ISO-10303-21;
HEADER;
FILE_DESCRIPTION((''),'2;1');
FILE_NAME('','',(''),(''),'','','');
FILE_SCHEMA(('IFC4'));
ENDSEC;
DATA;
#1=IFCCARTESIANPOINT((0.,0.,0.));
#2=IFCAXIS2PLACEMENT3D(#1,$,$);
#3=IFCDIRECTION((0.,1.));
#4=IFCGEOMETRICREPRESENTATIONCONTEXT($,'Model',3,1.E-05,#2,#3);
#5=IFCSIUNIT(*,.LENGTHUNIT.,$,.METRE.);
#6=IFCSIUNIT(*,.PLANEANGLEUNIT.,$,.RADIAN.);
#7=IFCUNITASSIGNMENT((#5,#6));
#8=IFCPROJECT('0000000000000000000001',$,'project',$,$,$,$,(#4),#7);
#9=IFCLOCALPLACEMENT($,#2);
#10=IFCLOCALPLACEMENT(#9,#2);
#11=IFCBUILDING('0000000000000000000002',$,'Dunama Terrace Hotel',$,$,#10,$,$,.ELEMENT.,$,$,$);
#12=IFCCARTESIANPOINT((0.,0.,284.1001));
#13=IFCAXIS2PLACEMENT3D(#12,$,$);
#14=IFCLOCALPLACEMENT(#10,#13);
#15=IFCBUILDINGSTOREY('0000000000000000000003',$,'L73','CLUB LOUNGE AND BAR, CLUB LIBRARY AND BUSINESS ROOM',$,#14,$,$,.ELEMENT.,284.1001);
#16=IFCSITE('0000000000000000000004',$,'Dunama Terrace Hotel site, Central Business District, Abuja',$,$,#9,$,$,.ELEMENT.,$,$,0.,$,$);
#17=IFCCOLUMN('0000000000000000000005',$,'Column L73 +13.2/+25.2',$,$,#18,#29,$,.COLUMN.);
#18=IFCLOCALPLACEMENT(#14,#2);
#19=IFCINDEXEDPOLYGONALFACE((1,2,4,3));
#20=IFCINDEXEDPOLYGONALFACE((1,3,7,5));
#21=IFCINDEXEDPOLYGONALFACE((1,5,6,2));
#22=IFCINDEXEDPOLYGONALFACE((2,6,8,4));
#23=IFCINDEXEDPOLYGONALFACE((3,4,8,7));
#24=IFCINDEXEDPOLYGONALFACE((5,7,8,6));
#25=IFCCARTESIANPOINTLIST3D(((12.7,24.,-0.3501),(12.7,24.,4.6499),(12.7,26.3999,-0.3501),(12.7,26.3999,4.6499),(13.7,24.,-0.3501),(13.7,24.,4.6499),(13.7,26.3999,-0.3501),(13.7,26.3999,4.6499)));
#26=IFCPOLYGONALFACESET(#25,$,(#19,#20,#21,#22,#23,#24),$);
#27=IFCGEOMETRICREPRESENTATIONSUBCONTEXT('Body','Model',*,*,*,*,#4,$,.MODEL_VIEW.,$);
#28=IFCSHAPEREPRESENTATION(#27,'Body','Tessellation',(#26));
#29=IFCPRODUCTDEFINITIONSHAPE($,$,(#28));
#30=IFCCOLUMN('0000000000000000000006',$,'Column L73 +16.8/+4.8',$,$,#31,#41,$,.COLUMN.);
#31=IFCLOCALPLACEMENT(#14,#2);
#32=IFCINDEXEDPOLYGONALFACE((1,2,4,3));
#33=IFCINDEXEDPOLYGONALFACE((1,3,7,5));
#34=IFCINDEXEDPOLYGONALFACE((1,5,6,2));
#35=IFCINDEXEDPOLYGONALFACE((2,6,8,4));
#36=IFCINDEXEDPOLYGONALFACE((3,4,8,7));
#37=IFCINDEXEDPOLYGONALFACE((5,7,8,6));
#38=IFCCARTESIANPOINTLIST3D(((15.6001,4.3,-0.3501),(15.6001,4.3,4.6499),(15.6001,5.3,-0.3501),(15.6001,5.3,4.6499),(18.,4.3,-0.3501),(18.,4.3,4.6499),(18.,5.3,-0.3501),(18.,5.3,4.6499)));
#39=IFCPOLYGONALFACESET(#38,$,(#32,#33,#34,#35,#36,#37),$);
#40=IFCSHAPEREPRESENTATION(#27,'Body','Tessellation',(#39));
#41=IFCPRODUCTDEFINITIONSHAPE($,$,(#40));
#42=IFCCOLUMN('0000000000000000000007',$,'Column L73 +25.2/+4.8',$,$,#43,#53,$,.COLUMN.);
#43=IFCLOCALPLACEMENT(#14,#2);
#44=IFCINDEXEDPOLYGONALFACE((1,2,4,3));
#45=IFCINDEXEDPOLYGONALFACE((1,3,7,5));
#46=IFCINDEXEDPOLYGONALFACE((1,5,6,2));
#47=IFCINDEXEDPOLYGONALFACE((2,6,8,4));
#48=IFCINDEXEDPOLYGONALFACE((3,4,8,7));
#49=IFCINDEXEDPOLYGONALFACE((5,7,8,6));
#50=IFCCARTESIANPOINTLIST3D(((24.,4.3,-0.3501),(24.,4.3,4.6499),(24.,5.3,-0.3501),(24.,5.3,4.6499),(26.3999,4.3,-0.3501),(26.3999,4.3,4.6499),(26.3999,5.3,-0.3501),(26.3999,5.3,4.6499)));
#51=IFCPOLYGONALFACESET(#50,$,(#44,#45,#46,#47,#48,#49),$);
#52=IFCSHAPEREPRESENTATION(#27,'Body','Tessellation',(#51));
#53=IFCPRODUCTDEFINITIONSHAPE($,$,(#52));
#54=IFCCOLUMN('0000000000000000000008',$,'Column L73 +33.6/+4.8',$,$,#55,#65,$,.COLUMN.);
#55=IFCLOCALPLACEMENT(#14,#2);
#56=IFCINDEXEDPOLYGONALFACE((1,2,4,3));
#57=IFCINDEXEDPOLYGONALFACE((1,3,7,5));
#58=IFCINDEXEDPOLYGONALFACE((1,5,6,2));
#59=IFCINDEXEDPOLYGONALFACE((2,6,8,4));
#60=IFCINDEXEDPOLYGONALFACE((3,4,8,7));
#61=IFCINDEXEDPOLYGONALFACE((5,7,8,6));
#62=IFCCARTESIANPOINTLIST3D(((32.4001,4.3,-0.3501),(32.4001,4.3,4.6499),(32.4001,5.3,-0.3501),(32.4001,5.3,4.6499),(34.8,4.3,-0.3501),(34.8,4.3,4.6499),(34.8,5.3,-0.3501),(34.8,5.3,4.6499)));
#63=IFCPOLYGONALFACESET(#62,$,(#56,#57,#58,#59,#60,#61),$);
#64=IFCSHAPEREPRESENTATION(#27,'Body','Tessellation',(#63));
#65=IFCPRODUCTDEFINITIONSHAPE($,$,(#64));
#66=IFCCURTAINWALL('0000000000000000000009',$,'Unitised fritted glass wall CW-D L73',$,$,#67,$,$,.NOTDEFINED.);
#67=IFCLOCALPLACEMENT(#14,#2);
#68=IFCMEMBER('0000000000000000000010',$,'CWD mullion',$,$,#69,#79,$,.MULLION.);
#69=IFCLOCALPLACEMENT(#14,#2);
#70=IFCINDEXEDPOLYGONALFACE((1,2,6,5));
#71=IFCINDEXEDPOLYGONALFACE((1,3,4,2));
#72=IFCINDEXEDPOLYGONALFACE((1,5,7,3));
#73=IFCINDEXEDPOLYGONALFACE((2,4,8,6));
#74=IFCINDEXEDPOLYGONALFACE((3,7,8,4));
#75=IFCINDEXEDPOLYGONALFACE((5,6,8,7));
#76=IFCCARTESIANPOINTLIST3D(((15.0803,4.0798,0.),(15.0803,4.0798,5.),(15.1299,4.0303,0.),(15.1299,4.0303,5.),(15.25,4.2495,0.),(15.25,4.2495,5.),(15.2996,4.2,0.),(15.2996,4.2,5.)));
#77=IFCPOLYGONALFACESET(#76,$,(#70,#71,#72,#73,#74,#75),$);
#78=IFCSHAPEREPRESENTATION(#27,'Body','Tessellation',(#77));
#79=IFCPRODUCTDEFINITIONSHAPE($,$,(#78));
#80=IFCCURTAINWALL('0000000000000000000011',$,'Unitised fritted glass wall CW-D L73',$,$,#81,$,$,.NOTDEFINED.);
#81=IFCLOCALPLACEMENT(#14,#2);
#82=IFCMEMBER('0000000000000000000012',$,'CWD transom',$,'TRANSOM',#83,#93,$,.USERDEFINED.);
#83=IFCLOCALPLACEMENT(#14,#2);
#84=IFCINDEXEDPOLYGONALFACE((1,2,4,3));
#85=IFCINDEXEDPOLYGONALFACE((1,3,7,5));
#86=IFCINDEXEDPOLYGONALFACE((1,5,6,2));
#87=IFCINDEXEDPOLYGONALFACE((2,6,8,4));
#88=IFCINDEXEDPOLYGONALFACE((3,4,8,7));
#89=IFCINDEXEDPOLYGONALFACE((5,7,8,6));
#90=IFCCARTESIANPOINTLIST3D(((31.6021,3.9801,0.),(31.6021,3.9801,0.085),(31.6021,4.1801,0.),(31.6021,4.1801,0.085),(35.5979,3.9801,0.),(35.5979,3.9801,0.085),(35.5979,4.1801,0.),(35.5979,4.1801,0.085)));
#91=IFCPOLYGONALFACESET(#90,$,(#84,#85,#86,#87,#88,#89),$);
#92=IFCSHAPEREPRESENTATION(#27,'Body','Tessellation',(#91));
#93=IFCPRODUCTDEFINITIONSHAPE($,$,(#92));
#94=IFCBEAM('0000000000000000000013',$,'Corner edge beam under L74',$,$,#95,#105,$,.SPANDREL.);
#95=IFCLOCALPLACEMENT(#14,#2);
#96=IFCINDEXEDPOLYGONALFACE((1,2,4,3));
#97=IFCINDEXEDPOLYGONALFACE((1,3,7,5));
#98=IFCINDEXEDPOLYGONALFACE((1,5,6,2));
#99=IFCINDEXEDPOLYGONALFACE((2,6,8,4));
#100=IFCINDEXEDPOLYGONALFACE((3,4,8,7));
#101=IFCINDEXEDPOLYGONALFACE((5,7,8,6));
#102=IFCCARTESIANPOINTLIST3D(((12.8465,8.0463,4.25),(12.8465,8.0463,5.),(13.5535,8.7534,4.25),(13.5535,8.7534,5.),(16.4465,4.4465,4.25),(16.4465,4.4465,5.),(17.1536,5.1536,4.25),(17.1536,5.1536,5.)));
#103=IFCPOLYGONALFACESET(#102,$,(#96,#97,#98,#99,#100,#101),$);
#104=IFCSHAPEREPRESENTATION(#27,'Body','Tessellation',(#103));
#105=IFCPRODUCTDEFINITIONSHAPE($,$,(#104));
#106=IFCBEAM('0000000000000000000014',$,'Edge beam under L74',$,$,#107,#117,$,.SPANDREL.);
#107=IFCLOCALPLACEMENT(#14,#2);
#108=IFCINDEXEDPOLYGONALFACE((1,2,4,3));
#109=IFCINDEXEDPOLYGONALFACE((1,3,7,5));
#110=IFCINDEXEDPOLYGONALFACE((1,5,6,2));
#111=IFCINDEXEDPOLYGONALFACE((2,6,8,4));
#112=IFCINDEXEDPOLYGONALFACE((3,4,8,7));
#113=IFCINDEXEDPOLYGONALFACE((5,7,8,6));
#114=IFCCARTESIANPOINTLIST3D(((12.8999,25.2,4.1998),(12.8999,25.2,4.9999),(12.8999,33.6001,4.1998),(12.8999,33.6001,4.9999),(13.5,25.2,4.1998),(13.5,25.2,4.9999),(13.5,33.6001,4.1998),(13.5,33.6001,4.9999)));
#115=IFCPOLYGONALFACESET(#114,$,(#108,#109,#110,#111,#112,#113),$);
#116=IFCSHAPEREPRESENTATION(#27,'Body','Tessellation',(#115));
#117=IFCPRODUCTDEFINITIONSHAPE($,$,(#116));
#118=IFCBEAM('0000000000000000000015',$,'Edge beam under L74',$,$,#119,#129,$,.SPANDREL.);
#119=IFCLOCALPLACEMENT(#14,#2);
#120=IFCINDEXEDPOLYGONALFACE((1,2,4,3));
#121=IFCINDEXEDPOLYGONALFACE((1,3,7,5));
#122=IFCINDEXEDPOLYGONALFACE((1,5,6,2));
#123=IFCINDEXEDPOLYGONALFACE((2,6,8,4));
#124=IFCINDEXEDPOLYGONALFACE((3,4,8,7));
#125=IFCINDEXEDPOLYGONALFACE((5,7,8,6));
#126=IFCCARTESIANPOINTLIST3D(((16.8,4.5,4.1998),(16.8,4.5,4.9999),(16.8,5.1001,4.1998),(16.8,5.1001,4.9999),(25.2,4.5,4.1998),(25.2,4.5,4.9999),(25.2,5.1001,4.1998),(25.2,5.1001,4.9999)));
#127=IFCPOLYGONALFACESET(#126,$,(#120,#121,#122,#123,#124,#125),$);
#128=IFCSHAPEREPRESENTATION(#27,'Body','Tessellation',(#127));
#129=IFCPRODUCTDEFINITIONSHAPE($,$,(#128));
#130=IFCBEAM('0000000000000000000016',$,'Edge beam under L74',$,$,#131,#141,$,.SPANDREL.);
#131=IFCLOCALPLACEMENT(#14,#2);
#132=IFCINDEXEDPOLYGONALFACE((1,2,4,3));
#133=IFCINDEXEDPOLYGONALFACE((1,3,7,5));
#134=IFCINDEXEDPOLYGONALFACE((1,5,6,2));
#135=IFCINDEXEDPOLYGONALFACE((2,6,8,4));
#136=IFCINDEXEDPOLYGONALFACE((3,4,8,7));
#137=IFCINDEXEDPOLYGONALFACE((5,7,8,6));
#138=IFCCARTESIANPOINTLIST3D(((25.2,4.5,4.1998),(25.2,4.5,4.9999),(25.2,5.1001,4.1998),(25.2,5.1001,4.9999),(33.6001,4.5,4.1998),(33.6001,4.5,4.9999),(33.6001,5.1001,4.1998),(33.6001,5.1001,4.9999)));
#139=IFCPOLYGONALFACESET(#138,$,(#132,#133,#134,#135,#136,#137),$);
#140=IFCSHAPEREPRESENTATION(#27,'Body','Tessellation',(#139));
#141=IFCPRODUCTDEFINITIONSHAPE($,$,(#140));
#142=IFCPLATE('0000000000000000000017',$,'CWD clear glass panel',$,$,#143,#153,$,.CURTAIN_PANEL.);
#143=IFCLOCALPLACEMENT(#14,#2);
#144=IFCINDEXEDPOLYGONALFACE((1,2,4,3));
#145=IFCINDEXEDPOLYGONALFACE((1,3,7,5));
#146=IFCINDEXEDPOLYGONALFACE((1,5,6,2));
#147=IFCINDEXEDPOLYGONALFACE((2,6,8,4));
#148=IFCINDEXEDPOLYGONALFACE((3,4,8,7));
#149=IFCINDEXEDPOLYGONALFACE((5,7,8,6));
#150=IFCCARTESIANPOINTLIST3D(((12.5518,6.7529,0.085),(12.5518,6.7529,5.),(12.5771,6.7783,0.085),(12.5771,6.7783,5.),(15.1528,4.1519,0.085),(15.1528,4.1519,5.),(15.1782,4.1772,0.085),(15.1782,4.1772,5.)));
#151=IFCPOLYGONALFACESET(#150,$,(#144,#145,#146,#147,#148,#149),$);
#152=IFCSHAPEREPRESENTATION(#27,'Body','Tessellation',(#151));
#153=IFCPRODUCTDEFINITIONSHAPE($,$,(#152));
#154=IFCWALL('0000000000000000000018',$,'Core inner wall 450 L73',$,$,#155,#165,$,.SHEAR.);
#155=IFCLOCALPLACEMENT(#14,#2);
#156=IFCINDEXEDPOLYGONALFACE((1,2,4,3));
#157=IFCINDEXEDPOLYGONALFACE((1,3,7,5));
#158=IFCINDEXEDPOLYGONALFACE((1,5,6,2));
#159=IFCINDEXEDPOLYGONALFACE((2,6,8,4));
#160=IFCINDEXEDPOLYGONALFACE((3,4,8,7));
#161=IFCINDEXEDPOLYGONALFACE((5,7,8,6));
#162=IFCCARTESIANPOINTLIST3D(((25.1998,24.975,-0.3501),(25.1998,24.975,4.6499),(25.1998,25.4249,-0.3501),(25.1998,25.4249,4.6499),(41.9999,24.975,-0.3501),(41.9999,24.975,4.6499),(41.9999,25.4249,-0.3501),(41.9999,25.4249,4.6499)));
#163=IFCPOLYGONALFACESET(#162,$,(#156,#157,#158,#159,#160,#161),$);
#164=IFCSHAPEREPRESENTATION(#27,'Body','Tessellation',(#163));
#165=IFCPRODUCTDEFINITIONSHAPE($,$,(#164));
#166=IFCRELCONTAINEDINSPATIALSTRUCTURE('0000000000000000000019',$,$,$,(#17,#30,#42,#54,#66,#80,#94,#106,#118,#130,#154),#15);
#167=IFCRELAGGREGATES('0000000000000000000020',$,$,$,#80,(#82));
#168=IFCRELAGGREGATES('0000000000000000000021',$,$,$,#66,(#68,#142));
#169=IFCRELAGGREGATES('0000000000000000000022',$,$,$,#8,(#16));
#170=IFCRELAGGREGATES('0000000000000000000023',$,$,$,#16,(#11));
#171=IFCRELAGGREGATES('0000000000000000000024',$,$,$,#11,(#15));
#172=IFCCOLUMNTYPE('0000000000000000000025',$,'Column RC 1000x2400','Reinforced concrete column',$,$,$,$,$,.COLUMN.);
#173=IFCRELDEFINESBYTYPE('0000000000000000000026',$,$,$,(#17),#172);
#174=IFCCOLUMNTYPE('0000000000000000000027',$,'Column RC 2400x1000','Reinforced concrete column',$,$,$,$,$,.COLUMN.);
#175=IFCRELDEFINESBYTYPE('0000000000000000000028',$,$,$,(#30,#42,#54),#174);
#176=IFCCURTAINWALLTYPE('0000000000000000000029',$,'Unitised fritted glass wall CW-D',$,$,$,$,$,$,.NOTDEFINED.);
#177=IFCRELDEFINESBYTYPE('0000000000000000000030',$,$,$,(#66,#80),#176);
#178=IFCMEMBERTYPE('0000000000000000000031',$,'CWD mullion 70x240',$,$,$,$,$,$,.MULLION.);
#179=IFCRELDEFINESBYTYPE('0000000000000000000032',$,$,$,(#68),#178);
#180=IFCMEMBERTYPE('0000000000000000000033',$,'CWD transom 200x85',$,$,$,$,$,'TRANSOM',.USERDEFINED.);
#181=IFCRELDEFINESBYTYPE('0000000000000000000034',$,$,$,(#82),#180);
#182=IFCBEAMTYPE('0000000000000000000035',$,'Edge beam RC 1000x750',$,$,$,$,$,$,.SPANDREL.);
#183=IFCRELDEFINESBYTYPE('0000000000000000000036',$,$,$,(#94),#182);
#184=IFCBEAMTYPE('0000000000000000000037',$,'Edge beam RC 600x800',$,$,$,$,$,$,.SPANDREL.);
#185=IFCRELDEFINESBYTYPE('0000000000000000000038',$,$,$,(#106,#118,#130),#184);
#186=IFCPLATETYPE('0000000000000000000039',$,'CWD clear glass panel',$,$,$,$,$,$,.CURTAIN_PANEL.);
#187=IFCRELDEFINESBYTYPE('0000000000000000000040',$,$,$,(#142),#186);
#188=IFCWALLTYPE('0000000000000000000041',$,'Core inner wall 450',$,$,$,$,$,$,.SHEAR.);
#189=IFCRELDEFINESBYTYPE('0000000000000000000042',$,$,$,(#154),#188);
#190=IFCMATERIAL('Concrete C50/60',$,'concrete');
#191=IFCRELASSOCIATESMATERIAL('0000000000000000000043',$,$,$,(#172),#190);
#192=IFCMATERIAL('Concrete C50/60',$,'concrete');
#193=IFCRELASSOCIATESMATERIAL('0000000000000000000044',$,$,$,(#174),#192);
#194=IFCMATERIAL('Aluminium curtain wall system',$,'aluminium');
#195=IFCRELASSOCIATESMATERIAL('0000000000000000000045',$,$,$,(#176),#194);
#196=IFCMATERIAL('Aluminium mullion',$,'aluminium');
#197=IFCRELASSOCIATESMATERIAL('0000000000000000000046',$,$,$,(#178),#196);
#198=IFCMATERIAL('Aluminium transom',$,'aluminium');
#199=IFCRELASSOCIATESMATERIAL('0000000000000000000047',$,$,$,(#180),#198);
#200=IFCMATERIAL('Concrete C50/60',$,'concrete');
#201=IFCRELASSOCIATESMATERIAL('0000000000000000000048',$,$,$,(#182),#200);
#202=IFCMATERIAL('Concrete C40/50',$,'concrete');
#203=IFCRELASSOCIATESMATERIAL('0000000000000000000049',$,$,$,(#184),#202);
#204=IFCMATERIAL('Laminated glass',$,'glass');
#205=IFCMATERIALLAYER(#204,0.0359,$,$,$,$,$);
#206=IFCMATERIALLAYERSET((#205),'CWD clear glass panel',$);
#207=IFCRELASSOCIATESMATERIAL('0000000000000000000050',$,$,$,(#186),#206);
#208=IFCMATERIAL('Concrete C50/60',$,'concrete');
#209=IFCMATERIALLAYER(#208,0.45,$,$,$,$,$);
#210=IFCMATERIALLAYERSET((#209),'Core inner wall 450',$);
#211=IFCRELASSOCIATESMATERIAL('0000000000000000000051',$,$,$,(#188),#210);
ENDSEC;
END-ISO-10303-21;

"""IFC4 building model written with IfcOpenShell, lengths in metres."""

from ifc_helpers import new_model, si_unit, direction, frame, frame_2d, origin, origin_2d, place, context, subcontext, project, spatial, rectangle, extrude, material, layer, layer_set, material_profile, profile_set, type_object, element, aggregate, save


model = new_model("IFC4")

# Units and contexts
model_context = context("Model", 3, precision=1e-05, world=origin(), true_north=direction((0.0, 1.0)))
body_context = subcontext(model_context, "Body", "Model", "MODEL_VIEW")
ifc_project = project(units=[si_unit("LENGTHUNIT", "METRE"), si_unit("PLANEANGLEUNIT", "RADIAN")], contexts=[model_context])

# Site, building, storey
site_placement = place(None, origin())
site = spatial("IfcSite", under=ifc_project, at=site_placement, Name="Dunama Terrace Hotel site, Central Business District, Abuja", CompositionType="ELEMENT", RefElevation=0.0)
building_placement = place(site_placement, origin())
building = spatial("IfcBuilding", under=site, at=building_placement, Name="Dunama Terrace Hotel", CompositionType="ELEMENT")
storey_placement = place(building_placement, frame((0.0, 0.0, 284.1001)))
storey = spatial("IfcBuildingStorey", under=building, at=storey_placement, Name="L73", Description="CLUB LOUNGE AND BAR, CLUB LIBRARY AND BUSINESS ROOM", CompositionType="ELEMENT", Elevation=284.1001)

# Columns
ifc_material_1 = material(Name="Concrete C50/60", Category="concrete")
ifc_material_profile_1 = material_profile(ifc_material_1, rectangle(XDim=1.0, YDim=2.3999, at=origin_2d()), Name="RC 1000x2400")
ifc_profile_set_1 = profile_set([ifc_material_profile_1], Name="Concrete C50/60")
column_type_1 = type_object("IfcColumnType", Name="Column RC 1000x2400", Description="Reinforced concrete column", PredefinedType="COLUMN", material=ifc_profile_set_1)
column_placement = place(storey_placement, frame((13.2, 25.2, -0.3501), z_axis=(0.0, 0.0, 1.0), x_axis=(1.0, 0.0, 0.0)))
element("IfcColumn", 1, at=column_placement, inside=storey, type_object=column_type_1, Name="Column L73 +13.2/+25.2", PredefinedType="COLUMN", context=body_context, shape_type="SweptSolid", body=[
    extrude(rectangle(XDim=1.0, YDim=2.3999, at=origin_2d()), origin(), (0.0, 0.0, 1.0), 5.0),
])
ifc_material_2 = material(Name="Concrete C50/60", Category="concrete")
ifc_material_profile_2 = material_profile(ifc_material_2, rectangle(XDim=2.3999, YDim=1.0, at=origin_2d()), Name="RC 2400x1000")
ifc_profile_set_2 = profile_set([ifc_material_profile_2], Name="Concrete C50/60")
column_type_2 = type_object("IfcColumnType", Name="Column RC 2400x1000", Description="Reinforced concrete column", PredefinedType="COLUMN", material=ifc_profile_set_2)
for number, where, z_axis, x_axis, name in (
    (2, (16.8, 4.8, -0.3501), (0.0, 0.0, 1.0), (1.0, 0.0, 0.0), "Column L73 +16.8/+4.8"),
    (3, (25.2, 4.8, -0.3501), (0.0, 0.0, 1.0), (1.0, 0.0, 0.0), "Column L73 +25.2/+4.8"),
    (4, (33.6001, 4.8, -0.3501), (0.0, 0.0, 1.0), (1.0, 0.0, 0.0), "Column L73 +33.6/+4.8"),
):
    element("IfcColumn", number, at=place(storey_placement, frame(where, z_axis=z_axis, x_axis=x_axis)), inside=storey, type_object=column_type_2, Name=name, PredefinedType="COLUMN", context=body_context, shape_type="SweptSolid", body=[
        extrude(rectangle(XDim=2.3999, YDim=1.0, at=origin_2d()), origin(), (0.0, 0.0, 1.0), 5.0),
    ])

# Curtain walls, members
ifc_material_3 = material(Name="Aluminium curtain wall system", Category="aluminium")
curtain_wall_type = type_object("IfcCurtainWallType", Name="Unitised fritted glass wall CW-D", PredefinedType="NOTDEFINED", material=ifc_material_3)
curtain_wall_1_placement = place(storey_placement, origin())
curtain_wall_1 = element("IfcCurtainWall", 5, at=curtain_wall_1_placement, inside=storey, type_object=curtain_wall_type, Name="Unitised fritted glass wall CW-D L73", PredefinedType="NOTDEFINED")
ifc_material_4 = material(Name="Aluminium mullion", Category="aluminium")
ifc_material_profile_3 = material_profile(ifc_material_4, rectangle(XDim=0.0701, YDim=0.24, at=origin_2d()), Name="CWD MULLION 70X240")
ifc_profile_set_3 = profile_set([ifc_material_profile_3], Name="Aluminium mullion")
member_type_1 = type_object("IfcMemberType", Name="CWD mullion 70x240", PredefinedType="MULLION", material=ifc_profile_set_3)
member_1_placement = place(storey_placement, frame((15.1899, 4.1399, 0.0), z_axis=(0.0, 0.0, 1.0), x_axis=(0.707107, -0.707107, 0.0)))
member_1 = element("IfcMember", 6, at=member_1_placement, type_object=member_type_1, Name="CWD mullion", PredefinedType="MULLION", context=body_context, shape_type="SweptSolid", body=[
    extrude(rectangle(XDim=0.0701, YDim=0.24, at=origin_2d()), origin(), (0.0, 0.0, 1.0), 5.0),
])
curtain_wall_2_placement = place(storey_placement, origin())
curtain_wall_2 = element("IfcCurtainWall", 7, at=curtain_wall_2_placement, inside=storey, type_object=curtain_wall_type, Name="Unitised fritted glass wall CW-D L73", PredefinedType="NOTDEFINED")
ifc_material_5 = material(Name="Aluminium transom", Category="aluminium")
ifc_material_profile_4 = material_profile(ifc_material_5, rectangle(XDim=0.2, YDim=0.085, at=origin_2d()), Name="CWD TRANSOM 200X85")
ifc_profile_set_4 = profile_set([ifc_material_profile_4], Name="Aluminium transom")
member_type_2 = type_object("IfcMemberType", Name="CWD transom 200x85", ElementType="TRANSOM", PredefinedType="USERDEFINED", material=ifc_profile_set_4)
member_2_placement = place(storey_placement, frame((31.6021, 4.0801, 0.0425), z_axis=(1.0, 0.0, 0.0), x_axis=(0.0, 1.0, 0.0)))
member_2 = element("IfcMember", 8, at=member_2_placement, type_object=member_type_2, Name="CWD transom", ObjectType="TRANSOM", PredefinedType="USERDEFINED", context=body_context, shape_type="SweptSolid", body=[
    extrude(rectangle(XDim=0.2, YDim=0.085, at=origin_2d()), origin(), (0.0, 0.0, 1.0), 3.9958),
])
aggregate(curtain_wall_2, [member_2])

# Beams
ifc_material_6 = material(Name="Concrete C50/60", Category="concrete")
ifc_material_profile_5 = material_profile(ifc_material_6, rectangle(XDim=1.0, YDim=0.75, at=origin_2d()), Name="RC 1000x750")
ifc_profile_set_5 = profile_set([ifc_material_profile_5], Name="Concrete C50/60")
beam_type_1 = type_object("IfcBeamType", Name="Edge beam RC 1000x750", PredefinedType="SPANDREL", material=ifc_profile_set_5)
beam_1_placement = place(storey_placement, frame((16.8, 4.8, 4.625), z_axis=(-0.707131, 0.707083, 0.0), x_axis=(-0.707083, -0.707131, 0.0)))
element("IfcBeam", 9, at=beam_1_placement, inside=storey, type_object=beam_type_1, Name="Corner edge beam under L74", PredefinedType="SPANDREL", context=body_context, shape_type="SweptSolid", body=[
    extrude(rectangle(XDim=1.0, YDim=0.75, at=origin_2d()), origin(), (0.0, 0.0, 1.0), 5.0911),
])
ifc_material_7 = material(Name="Concrete C40/50", Category="concrete")
ifc_material_profile_6 = material_profile(ifc_material_7, rectangle(XDim=0.6001, YDim=0.8, at=origin_2d()), Name="RC 600x800")
ifc_profile_set_6 = profile_set([ifc_material_profile_6], Name="Concrete C40/50")
beam_type_2 = type_object("IfcBeamType", Name="Edge beam RC 600x800", PredefinedType="SPANDREL", material=ifc_profile_set_6)
beam_2_placement = place(storey_placement, frame((13.2, 25.2, 4.5999), z_axis=(0.0, 1.0, 0.0), x_axis=(-1.0, 0.0, 0.0)))
element("IfcBeam", 10, at=beam_2_placement, inside=storey, type_object=beam_type_2, Name="Edge beam under L74", PredefinedType="SPANDREL", context=body_context, shape_type="SweptSolid", body=[
    extrude(rectangle(XDim=0.6001, YDim=0.8, at=origin_2d()), origin(), (0.0, 0.0, 1.0), 8.4001),
])
beam_3_placement = place(storey_placement, frame((16.8, 4.8, 4.5999), z_axis=(1.0, 0.0, 0.0), x_axis=(0.0, 1.0, 0.0)))
element("IfcBeam", 11, at=beam_3_placement, inside=storey, type_object=beam_type_2, Name="Edge beam under L74", PredefinedType="SPANDREL", context=body_context, shape_type="SweptSolid", body=[
    extrude(rectangle(XDim=0.6001, YDim=0.8, at=origin_2d()), origin(), (0.0, 0.0, 1.0), 8.3999),
])
beam_4_placement = place(storey_placement, frame((25.2, 4.8, 4.5999), z_axis=(1.0, 0.0, 0.0), x_axis=(0.0, 1.0, 0.0)))
element("IfcBeam", 12, at=beam_4_placement, inside=storey, type_object=beam_type_2, Name="Edge beam under L74", PredefinedType="SPANDREL", context=body_context, shape_type="SweptSolid", body=[
    extrude(rectangle(XDim=0.6001, YDim=0.8, at=origin_2d()), origin(), (0.0, 0.0, 1.0), 8.4001),
])

# Plate
ifc_material_8 = material(Name="Laminated glass", Category="glass")
ifc_layer_1 = layer(ifc_material_8, 0.0359)
ifc_layer_set_1 = layer_set([ifc_layer_1], Name="CWD clear glass panel")
plate_type = type_object("IfcPlateType", Name="CWD clear glass panel", PredefinedType="CURTAIN_PANEL", material=ifc_layer_set_1)
plate_placement = place(storey_placement, frame((13.865, 5.4651, 0.085), z_axis=(0.0, 0.0, 1.0), x_axis=(0.707107, -0.707107, 0.0)))
plate = element("IfcPlate", 13, at=plate_placement, type_object=plate_type, Name="CWD clear glass panel", PredefinedType="CURTAIN_PANEL", context=body_context, shape_type="SweptSolid", body=[
    extrude(rectangle(XDim=3.6785, YDim=0.0359, at=origin_2d()), origin(), (0.0, 0.0, 1.0), 4.915),
])
aggregate(curtain_wall_1, [member_1, plate])

# Wall
ifc_material_9 = material(Name="Concrete C50/60", Category="concrete")
ifc_layer_2 = layer(ifc_material_9, 0.45)
ifc_layer_set_2 = layer_set([ifc_layer_2], Name="Core inner wall 450")
wall_type_1 = type_object("IfcWallType", Name="Core inner wall 450", PredefinedType="SHEAR", material=ifc_layer_set_2)
wall_1_placement = place(storey_placement, frame((25.2, 25.2, -0.3501), z_axis=(0.0, 0.0, 1.0), x_axis=(1.0, 0.0, 0.0)))
element("IfcWall", 14, at=wall_1_placement, inside=storey, type_object=wall_type_1, Name="Core inner wall 450 L73", PredefinedType="SHEAR", context=body_context, shape_type="SweptSolid", body=[
    extrude(rectangle(XDim=16.8, YDim=0.45, at=frame_2d((8.3999, 0.0))), origin(), (0.0, 0.0, 1.0), 5.0),
])

save(model, "model.ifc")
